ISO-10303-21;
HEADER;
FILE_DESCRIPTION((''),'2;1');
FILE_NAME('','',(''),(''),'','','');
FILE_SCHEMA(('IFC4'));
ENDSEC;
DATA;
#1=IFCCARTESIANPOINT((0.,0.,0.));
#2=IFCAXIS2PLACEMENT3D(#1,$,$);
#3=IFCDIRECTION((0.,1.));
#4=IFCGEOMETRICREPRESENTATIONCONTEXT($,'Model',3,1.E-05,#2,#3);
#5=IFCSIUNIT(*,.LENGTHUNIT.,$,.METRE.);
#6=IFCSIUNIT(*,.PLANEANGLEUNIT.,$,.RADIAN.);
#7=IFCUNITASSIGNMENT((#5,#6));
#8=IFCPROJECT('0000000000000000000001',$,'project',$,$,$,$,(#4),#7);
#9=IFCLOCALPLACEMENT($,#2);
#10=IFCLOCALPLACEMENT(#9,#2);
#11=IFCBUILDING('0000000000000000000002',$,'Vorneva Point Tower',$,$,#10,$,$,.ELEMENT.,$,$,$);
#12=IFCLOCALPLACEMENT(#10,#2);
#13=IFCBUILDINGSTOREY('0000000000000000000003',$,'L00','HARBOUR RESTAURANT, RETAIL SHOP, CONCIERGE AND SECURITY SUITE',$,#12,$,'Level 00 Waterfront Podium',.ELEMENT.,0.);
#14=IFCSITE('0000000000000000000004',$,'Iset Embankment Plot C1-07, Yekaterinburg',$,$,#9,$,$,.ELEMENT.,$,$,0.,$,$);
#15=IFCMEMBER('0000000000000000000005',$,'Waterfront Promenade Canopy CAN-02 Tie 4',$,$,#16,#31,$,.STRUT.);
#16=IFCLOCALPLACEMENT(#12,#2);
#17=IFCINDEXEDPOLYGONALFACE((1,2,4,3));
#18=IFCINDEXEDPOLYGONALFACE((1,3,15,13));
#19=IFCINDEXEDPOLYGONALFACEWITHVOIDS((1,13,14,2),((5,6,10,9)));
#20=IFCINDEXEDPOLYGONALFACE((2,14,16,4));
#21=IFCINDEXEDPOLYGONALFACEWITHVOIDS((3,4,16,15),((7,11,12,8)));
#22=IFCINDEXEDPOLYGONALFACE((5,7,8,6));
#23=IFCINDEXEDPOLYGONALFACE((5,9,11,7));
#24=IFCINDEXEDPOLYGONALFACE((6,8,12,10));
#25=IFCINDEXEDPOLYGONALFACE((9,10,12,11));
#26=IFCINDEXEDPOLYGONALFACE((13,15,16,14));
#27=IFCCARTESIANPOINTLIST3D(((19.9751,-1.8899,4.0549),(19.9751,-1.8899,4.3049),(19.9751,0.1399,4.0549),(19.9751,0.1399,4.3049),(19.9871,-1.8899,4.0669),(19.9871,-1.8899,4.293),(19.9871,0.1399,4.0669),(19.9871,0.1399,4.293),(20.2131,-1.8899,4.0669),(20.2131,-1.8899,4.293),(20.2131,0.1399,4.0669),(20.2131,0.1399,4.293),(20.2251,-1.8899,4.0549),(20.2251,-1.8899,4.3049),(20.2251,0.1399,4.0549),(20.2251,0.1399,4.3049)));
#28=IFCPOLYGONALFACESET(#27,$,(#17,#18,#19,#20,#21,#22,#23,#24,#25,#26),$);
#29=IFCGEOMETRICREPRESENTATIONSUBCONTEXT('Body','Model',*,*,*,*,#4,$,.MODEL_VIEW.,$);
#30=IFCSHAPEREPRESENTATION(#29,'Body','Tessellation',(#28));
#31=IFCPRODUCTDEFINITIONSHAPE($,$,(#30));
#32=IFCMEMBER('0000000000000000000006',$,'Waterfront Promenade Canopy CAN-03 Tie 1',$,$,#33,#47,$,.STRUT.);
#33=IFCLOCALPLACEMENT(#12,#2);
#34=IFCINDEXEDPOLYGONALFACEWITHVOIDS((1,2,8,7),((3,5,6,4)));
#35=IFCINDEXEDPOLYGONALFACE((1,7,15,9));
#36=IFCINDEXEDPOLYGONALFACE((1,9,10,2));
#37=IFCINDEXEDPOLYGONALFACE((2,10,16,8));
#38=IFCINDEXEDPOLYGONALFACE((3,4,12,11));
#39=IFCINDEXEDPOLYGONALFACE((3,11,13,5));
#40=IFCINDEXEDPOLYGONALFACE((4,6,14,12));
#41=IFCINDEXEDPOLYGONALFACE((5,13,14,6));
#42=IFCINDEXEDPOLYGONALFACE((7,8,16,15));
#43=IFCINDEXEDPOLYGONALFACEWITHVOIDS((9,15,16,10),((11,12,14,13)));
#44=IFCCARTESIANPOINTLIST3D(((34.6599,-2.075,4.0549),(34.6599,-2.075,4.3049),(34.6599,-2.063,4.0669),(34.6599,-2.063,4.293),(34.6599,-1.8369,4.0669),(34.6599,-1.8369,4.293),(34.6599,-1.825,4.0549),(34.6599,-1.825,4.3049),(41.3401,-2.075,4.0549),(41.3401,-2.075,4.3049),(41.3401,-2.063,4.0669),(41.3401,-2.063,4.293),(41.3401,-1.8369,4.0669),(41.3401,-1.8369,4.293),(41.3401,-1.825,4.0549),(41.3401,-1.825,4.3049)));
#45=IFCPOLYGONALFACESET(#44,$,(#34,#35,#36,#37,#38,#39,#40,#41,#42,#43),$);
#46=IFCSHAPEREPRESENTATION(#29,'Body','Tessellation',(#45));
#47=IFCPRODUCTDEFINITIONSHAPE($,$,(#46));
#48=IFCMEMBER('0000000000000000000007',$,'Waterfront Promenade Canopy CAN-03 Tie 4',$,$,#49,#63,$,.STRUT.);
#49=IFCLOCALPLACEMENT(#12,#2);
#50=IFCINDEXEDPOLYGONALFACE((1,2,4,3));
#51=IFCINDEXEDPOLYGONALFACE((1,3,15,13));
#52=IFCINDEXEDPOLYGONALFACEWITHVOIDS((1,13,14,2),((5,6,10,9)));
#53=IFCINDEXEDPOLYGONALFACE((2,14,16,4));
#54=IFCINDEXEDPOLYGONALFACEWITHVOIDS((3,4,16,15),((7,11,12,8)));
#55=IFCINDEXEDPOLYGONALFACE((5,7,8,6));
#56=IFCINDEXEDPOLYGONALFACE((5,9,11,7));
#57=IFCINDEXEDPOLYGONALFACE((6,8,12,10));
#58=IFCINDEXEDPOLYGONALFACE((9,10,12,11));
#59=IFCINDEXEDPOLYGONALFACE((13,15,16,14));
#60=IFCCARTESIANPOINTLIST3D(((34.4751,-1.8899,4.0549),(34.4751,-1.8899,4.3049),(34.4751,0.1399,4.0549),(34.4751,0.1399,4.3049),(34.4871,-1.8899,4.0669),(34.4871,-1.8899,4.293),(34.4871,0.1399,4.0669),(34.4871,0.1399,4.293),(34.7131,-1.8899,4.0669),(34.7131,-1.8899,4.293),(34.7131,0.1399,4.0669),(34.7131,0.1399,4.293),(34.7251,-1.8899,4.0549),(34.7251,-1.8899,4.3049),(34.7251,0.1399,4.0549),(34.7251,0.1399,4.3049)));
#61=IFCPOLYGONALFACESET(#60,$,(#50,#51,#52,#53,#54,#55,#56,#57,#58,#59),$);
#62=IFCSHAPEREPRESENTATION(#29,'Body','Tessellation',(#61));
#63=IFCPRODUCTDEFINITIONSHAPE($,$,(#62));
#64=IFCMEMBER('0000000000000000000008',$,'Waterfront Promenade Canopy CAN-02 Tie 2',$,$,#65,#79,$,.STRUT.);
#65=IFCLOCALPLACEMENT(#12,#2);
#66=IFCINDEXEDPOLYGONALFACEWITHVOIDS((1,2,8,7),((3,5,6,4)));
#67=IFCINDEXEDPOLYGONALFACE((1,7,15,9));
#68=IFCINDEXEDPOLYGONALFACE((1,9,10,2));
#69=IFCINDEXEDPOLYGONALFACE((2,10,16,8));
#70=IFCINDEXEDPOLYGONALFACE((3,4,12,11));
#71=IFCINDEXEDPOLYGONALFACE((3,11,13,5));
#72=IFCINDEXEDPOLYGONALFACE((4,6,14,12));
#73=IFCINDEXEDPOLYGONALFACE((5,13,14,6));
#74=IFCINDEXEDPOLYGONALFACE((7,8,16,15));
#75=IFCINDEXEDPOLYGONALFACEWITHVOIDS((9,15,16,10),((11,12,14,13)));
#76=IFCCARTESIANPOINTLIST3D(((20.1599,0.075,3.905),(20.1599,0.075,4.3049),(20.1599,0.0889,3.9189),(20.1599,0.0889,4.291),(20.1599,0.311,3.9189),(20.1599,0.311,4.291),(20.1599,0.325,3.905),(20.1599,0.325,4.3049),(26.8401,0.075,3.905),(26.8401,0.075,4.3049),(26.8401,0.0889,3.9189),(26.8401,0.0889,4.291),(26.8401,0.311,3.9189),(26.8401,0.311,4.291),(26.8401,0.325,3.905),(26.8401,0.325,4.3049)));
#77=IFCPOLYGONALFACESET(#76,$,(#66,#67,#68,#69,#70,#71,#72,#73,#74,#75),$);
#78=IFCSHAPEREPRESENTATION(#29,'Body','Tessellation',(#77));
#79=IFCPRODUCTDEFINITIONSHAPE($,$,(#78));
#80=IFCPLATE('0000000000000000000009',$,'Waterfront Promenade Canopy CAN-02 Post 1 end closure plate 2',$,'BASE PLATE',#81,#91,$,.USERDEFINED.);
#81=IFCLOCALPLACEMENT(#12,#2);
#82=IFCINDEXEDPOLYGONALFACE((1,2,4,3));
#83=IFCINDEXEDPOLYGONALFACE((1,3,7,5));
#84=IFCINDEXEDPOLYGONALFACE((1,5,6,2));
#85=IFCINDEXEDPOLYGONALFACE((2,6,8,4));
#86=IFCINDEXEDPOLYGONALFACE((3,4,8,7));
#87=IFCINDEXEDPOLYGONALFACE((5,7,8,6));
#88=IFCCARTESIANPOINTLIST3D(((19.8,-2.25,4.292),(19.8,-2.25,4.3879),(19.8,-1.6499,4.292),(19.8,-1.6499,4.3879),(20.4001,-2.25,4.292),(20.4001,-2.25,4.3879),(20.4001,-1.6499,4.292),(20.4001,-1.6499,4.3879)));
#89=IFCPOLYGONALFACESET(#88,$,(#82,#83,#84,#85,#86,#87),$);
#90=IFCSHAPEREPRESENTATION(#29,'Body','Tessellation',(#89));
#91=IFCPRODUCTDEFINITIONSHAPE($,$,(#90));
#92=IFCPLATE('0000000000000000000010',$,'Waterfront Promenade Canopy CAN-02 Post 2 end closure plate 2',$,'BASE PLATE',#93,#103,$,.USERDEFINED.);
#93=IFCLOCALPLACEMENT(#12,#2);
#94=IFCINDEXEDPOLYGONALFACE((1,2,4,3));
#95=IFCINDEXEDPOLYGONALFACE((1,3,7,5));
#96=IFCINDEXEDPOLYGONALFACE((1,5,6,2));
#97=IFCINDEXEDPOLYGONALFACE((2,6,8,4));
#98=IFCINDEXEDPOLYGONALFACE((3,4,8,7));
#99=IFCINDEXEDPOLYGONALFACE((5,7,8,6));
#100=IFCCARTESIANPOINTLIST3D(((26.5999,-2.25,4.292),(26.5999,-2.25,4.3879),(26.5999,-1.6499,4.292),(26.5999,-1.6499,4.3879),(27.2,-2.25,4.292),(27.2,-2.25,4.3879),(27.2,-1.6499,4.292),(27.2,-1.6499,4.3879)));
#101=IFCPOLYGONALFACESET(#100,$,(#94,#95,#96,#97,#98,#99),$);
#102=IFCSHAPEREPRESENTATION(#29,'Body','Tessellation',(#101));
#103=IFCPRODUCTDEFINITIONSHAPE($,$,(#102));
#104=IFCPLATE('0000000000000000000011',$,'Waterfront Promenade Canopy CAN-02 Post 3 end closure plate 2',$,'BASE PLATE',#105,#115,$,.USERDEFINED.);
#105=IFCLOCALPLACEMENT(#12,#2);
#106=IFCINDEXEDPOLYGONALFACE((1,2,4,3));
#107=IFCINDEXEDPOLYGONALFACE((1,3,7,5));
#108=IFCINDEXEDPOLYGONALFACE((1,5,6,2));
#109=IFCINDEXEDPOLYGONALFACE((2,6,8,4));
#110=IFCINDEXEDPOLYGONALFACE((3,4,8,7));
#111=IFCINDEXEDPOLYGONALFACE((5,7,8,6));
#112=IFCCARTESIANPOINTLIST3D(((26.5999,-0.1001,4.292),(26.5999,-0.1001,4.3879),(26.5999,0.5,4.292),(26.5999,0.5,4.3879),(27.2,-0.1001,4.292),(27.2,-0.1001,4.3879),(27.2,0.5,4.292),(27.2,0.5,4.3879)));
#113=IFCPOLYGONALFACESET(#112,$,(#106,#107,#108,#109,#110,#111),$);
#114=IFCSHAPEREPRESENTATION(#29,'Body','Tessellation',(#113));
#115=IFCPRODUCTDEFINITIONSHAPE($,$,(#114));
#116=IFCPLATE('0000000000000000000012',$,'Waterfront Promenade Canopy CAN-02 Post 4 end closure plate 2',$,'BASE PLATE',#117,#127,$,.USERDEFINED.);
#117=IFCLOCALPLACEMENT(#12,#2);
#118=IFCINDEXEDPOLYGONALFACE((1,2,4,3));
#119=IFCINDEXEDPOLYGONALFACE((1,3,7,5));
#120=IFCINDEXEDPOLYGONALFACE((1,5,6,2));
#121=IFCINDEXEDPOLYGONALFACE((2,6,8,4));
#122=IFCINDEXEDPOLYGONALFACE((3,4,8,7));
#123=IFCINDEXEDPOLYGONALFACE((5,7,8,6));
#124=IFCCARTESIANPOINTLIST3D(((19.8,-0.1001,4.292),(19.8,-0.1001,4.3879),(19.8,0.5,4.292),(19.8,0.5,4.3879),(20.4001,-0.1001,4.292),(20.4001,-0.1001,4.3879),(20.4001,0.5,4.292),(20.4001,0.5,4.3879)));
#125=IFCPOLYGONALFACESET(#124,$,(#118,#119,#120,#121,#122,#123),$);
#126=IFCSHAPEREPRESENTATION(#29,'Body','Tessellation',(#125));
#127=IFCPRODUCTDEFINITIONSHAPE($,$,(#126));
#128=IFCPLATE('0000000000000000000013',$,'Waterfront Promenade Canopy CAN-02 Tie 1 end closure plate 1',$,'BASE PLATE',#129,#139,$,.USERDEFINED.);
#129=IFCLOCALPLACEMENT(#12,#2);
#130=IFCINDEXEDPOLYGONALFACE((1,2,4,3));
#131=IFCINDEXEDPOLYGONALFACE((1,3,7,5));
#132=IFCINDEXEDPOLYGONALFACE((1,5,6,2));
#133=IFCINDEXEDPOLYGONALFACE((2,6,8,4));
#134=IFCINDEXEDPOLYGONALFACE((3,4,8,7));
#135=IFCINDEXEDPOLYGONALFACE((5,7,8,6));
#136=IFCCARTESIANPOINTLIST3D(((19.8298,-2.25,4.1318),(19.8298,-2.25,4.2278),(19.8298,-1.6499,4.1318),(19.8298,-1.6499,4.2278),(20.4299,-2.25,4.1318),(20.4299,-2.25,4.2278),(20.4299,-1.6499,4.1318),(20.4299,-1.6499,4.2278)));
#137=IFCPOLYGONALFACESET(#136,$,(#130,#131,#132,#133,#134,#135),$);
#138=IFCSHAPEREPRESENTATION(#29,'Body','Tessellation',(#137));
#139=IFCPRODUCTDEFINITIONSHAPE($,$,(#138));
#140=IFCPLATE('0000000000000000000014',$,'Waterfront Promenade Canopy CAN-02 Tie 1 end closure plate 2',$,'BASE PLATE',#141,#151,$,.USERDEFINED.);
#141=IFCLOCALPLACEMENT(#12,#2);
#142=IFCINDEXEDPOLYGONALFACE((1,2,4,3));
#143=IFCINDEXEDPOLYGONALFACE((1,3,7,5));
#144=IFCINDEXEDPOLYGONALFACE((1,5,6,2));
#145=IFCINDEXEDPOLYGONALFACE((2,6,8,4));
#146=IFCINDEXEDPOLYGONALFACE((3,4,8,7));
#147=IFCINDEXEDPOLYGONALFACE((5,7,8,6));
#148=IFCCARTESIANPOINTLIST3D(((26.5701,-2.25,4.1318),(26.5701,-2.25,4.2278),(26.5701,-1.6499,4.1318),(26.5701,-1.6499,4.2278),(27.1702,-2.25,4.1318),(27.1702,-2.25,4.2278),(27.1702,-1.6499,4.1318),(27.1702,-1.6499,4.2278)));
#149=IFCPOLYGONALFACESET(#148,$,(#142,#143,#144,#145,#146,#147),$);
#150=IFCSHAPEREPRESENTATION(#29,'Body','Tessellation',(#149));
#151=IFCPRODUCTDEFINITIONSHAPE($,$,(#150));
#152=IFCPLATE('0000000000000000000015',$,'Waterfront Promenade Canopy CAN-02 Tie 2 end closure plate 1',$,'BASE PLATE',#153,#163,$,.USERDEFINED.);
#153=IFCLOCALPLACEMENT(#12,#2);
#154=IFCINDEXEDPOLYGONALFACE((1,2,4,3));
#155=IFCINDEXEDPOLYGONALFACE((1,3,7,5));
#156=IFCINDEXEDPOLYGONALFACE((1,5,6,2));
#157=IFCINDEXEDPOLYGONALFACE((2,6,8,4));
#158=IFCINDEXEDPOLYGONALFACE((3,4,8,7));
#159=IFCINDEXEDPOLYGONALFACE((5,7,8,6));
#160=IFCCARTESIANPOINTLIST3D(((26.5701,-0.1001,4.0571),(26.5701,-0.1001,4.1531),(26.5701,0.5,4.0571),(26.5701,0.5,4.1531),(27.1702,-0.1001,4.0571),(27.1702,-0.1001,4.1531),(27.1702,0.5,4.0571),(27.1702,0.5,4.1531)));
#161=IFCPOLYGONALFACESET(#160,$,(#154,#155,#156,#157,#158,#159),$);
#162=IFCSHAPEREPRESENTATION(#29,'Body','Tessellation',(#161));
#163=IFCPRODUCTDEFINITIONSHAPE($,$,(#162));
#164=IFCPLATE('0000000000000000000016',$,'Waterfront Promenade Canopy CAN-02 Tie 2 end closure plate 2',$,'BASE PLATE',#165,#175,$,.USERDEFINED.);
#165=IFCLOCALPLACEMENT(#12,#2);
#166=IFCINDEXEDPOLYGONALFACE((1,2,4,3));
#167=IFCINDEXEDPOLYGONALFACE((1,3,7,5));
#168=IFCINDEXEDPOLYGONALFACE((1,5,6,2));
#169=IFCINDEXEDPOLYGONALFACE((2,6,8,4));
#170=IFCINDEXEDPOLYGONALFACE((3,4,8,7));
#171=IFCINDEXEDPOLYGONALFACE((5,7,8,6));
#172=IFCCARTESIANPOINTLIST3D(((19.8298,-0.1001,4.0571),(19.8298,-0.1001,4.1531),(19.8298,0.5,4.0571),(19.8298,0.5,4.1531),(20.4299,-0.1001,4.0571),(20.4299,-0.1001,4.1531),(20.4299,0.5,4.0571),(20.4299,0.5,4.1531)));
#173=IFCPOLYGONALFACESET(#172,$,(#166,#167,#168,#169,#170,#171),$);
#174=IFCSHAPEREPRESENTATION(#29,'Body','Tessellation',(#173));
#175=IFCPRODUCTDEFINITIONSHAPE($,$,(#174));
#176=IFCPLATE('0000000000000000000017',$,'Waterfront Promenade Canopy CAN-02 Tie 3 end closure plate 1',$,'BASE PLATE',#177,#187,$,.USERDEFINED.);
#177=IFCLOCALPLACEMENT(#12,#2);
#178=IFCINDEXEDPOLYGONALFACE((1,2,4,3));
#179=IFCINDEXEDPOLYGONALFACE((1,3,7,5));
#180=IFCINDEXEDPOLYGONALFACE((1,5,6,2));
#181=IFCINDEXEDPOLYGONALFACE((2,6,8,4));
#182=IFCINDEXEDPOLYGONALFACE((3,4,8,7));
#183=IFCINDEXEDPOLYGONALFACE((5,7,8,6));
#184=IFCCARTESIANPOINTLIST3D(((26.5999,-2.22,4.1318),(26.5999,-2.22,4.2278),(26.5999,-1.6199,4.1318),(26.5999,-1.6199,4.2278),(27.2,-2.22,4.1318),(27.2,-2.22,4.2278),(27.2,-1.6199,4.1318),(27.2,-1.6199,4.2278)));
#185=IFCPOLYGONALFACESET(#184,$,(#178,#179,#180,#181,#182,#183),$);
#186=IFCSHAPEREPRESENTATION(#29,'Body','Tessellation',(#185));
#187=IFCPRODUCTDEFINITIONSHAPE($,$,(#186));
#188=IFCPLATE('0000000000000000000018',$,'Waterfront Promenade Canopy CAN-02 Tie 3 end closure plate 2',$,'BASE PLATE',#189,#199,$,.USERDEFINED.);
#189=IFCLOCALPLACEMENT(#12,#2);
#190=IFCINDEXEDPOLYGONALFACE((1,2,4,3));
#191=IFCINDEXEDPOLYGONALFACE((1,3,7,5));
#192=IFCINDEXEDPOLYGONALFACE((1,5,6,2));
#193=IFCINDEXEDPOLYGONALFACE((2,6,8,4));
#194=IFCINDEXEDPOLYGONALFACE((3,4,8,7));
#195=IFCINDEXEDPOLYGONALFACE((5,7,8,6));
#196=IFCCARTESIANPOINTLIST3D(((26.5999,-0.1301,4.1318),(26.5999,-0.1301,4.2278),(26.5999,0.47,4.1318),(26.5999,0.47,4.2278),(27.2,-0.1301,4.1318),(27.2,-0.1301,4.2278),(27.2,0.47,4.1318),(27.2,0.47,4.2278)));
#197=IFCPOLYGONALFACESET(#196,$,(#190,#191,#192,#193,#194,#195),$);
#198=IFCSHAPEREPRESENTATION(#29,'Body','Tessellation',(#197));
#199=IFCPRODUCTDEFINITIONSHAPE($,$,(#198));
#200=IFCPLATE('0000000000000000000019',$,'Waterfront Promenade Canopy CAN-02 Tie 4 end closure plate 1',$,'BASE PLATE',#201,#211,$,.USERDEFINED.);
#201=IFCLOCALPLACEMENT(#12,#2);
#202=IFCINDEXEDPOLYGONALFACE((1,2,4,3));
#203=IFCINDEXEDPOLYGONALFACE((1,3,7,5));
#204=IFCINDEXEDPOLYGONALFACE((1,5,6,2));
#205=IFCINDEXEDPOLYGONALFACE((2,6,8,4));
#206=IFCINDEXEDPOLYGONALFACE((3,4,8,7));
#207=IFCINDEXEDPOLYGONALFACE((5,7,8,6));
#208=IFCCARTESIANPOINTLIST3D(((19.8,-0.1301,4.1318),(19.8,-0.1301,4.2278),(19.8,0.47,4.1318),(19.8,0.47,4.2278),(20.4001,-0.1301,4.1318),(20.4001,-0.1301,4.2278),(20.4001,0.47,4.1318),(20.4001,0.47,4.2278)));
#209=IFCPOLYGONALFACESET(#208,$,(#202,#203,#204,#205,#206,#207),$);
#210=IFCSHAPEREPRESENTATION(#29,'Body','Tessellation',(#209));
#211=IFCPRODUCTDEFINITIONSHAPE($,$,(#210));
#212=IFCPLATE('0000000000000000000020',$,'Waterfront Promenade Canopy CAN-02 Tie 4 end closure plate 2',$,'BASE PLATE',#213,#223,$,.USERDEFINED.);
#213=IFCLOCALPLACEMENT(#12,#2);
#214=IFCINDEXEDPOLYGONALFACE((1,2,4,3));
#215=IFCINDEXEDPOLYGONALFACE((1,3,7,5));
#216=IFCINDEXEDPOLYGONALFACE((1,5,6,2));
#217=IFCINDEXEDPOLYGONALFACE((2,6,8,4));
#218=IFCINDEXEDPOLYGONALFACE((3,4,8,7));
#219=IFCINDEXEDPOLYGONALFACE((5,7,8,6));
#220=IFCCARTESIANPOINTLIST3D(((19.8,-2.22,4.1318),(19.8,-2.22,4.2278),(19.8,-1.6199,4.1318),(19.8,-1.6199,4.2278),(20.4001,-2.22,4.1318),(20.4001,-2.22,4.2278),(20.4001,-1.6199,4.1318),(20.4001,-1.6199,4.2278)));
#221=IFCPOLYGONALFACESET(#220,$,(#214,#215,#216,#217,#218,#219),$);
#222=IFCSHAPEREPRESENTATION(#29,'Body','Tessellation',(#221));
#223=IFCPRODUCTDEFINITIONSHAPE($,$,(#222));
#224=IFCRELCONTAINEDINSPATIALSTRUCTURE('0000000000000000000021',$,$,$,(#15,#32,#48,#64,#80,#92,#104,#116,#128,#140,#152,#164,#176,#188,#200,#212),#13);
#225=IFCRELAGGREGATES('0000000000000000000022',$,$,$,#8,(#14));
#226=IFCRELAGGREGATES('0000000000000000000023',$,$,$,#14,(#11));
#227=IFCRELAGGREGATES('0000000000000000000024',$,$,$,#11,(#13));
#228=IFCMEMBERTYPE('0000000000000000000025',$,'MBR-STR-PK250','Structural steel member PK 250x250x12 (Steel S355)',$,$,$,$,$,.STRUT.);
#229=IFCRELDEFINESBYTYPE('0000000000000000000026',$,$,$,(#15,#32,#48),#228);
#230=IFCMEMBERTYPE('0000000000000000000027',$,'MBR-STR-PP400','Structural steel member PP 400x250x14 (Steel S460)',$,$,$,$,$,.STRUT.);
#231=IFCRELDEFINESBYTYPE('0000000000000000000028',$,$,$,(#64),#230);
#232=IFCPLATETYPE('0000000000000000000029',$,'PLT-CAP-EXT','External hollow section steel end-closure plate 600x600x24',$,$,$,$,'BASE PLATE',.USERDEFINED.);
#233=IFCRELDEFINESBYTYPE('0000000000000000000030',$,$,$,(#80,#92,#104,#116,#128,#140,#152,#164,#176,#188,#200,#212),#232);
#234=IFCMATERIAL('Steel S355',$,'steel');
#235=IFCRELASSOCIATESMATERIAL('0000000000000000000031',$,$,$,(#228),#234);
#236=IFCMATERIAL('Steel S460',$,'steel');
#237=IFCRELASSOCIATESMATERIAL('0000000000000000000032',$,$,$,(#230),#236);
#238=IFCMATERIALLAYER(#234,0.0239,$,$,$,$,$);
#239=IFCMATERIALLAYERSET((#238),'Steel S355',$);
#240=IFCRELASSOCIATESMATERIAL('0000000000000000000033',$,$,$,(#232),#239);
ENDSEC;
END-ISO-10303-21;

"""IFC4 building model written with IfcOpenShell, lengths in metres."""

from ifc_helpers import new_model, si_unit, direction, frame, origin, origin_2d, place, context, subcontext, project, spatial, rectangle, hollow_rectangle, extrude, material, layer, layer_set, material_profile, profile_set, type_object, element, save


model = new_model("IFC4")

# Units and contexts
model_context = context("Model", 3, precision=1e-05, world=origin(), true_north=direction((0.0, 1.0)))
body_context = subcontext(model_context, "Body", "Model", "MODEL_VIEW")
ifc_project = project(units=[si_unit("LENGTHUNIT", "METRE"), si_unit("PLANEANGLEUNIT", "RADIAN")], contexts=[model_context])

# Site, building, storey
site_placement = place(None, origin())
site = spatial("IfcSite", under=ifc_project, at=site_placement, Name="Iset Embankment Plot C1-07, Yekaterinburg", CompositionType="ELEMENT", RefElevation=0.0)
building_placement = place(site_placement, origin())
building = spatial("IfcBuilding", under=site, at=building_placement, Name="Vorneva Point Tower", CompositionType="ELEMENT")
storey_placement = place(building_placement, origin())
storey = spatial("IfcBuildingStorey", under=building, at=storey_placement, Name="L00", Description="HARBOUR RESTAURANT, RETAIL SHOP, CONCIERGE AND SECURITY SUITE", LongName="Level 00 Waterfront Podium", CompositionType="ELEMENT", Elevation=0.0)

# Members
ifc_material_1 = material(Name="Steel S355", Category="steel")
ifc_material_profile_1 = material_profile(ifc_material_1, hollow_rectangle(XDim=0.25, YDim=0.25, WallThickness=0.012, at=origin_2d()), Name="PK 250x250x12")
ifc_profile_set_1 = profile_set([ifc_material_profile_1], Name="Steel S355")
member_type_1 = type_object("IfcMemberType", Name="MBR-STR-PK250", Description="Structural steel member PK 250x250x12 (Steel S355)", PredefinedType="STRUT", material=ifc_profile_set_1)
for number, where, z_axis, x_axis, name in (
    (1, (20.1001, 0.1399, 4.1799), (0.0, -1.0, 0.0), (1.0, 0.0, 0.0), "Waterfront Promenade Canopy CAN-02 Tie 4"),
):
    element("IfcMember", number, at=place(storey_placement, frame(where, z_axis=z_axis, x_axis=x_axis)), inside=storey, type_object=member_type_1, Name=name, PredefinedType="STRUT", context=body_context, shape_type="SweptSolid", body=[
        extrude(hollow_rectangle(XDim=0.25, YDim=0.25, WallThickness=0.012, at=origin_2d()), origin(), (0.0, 0.0, 1.0), 2.0298),
    ])
member_1_placement = place(storey_placement, frame((34.6599, -1.95, 4.1799), z_axis=(1.0, 0.0, 0.0), x_axis=(0.0, 1.0, 0.0)))
element("IfcMember", 2, at=member_1_placement, inside=storey, type_object=member_type_1, Name="Waterfront Promenade Canopy CAN-03 Tie 1", PredefinedType="STRUT", context=body_context, shape_type="SweptSolid", body=[
    extrude(hollow_rectangle(XDim=0.25, YDim=0.25, WallThickness=0.012, at=origin_2d()), origin(), (0.0, 0.0, 1.0), 6.6802),
])
member_2_placement = place(storey_placement, frame((34.6001, 0.1399, 4.1799), z_axis=(0.0, -1.0, 0.0), x_axis=(1.0, 0.0, 0.0)))
element("IfcMember", 3, at=member_2_placement, inside=storey, type_object=member_type_1, Name="Waterfront Promenade Canopy CAN-03 Tie 4", PredefinedType="STRUT", context=body_context, shape_type="SweptSolid", body=[
    extrude(hollow_rectangle(XDim=0.25, YDim=0.25, WallThickness=0.012, at=origin_2d()), origin(), (0.0, 0.0, 1.0), 2.0298),
])
ifc_material_2 = material(Name="Steel S460", Category="steel")
ifc_material_profile_2 = material_profile(ifc_material_2, hollow_rectangle(XDim=0.25, YDim=0.3999, WallThickness=0.0139, at=origin_2d()), Name="PP 400x250x14")
ifc_profile_set_2 = profile_set([ifc_material_profile_2], Name="Steel S460")
member_type_2 = type_object("IfcMemberType", Name="MBR-STR-PP400", Description="Structural steel member PP 400x250x14 (Steel S460)", PredefinedType="STRUT", material=ifc_profile_set_2)
member_3_placement = place(storey_placement, frame((26.8401, 0.2, 4.105), z_axis=(-1.0, 0.0, 0.0), x_axis=(0.0, -1.0, 0.0)))
element("IfcMember", 4, at=member_3_placement, inside=storey, type_object=member_type_2, Name="Waterfront Promenade Canopy CAN-02 Tie 2", PredefinedType="STRUT", context=body_context, shape_type="SweptSolid", body=[
    extrude(hollow_rectangle(XDim=0.25, YDim=0.3999, WallThickness=0.0139, at=origin_2d()), origin(), (0.0, 0.0, 1.0), 6.6802),
])

# Plates
ifc_layer_1 = layer(ifc_material_1, 0.0239)
ifc_layer_set_1 = layer_set([ifc_layer_1], Name="Steel S355")
plate_type = type_object("IfcPlateType", Name="PLT-CAP-EXT", Description="External hollow section steel end-closure plate 600x600x24", ElementType="BASE PLATE", PredefinedType="USERDEFINED", material=ifc_layer_set_1)
for number, where, z_axis, x_axis, name in (
    (5, (20.1001, -1.95, 4.292), (0.0, 0.0, 1.0), (1.0, 0.0, 0.0), "Waterfront Promenade Canopy CAN-02 Post 1 end closure plate 2"),
    (6, (26.8999, -1.95, 4.292), (0.0, 0.0, 1.0), (1.0, 0.0, 0.0), "Waterfront Promenade Canopy CAN-02 Post 2 end closure plate 2"),
    (7, (26.8999, 0.2, 4.292), (0.0, 0.0, 1.0), (1.0, 0.0, 0.0), "Waterfront Promenade Canopy CAN-02 Post 3 end closure plate 2"),
    (8, (20.1001, 0.2, 4.292), (0.0, 0.0, 1.0), (1.0, 0.0, 0.0), "Waterfront Promenade Canopy CAN-02 Post 4 end closure plate 2"),
    (9, (20.1299, -1.95, 4.1318), (0.0, 0.0, 1.0), (1.0, 0.0, 0.0), "Waterfront Promenade Canopy CAN-02 Tie 1 end closure plate 1"),
    (10, (26.8701, -1.95, 4.1318), (0.0, 0.0, 1.0), (1.0, 0.0, 0.0), "Waterfront Promenade Canopy CAN-02 Tie 1 end closure plate 2"),
    (11, (26.8701, 0.2, 4.0571), (0.0, 0.0, 1.0), (-1.0, 0.0, 0.0), "Waterfront Promenade Canopy CAN-02 Tie 2 end closure plate 1"),
    (12, (20.1299, 0.2, 4.0571), (0.0, 0.0, 1.0), (-1.0, 0.0, 0.0), "Waterfront Promenade Canopy CAN-02 Tie 2 end closure plate 2"),
    (13, (26.8999, -1.9199, 4.1318), (0.0, 0.0, 1.0), (0.0, 1.0, 0.0), "Waterfront Promenade Canopy CAN-02 Tie 3 end closure plate 1"),
    (14, (26.8999, 0.1699, 4.1318), (0.0, 0.0, 1.0), (0.0, 1.0, 0.0), "Waterfront Promenade Canopy CAN-02 Tie 3 end closure plate 2"),
    (15, (20.1001, 0.1699, 4.1318), (0.0, 0.0, 1.0), (0.0, -1.0, 0.0), "Waterfront Promenade Canopy CAN-02 Tie 4 end closure plate 1"),
    (16, (20.1001, -1.9199, 4.1318), (0.0, 0.0, 1.0), (0.0, -1.0, 0.0), "Waterfront Promenade Canopy CAN-02 Tie 4 end closure plate 2"),
):
    element("IfcPlate", number, at=place(storey_placement, frame(where, z_axis=z_axis, x_axis=x_axis)), inside=storey, type_object=plate_type, Name=name, ObjectType="BASE PLATE", PredefinedType="USERDEFINED", context=body_context, shape_type="SweptSolid", body=[
        extrude(rectangle(XDim=0.6001, YDim=0.6001, at=origin_2d()), origin(), (0.0, 0.0, 1.0), 0.0959),
    ])

save(model, "model.ifc")
